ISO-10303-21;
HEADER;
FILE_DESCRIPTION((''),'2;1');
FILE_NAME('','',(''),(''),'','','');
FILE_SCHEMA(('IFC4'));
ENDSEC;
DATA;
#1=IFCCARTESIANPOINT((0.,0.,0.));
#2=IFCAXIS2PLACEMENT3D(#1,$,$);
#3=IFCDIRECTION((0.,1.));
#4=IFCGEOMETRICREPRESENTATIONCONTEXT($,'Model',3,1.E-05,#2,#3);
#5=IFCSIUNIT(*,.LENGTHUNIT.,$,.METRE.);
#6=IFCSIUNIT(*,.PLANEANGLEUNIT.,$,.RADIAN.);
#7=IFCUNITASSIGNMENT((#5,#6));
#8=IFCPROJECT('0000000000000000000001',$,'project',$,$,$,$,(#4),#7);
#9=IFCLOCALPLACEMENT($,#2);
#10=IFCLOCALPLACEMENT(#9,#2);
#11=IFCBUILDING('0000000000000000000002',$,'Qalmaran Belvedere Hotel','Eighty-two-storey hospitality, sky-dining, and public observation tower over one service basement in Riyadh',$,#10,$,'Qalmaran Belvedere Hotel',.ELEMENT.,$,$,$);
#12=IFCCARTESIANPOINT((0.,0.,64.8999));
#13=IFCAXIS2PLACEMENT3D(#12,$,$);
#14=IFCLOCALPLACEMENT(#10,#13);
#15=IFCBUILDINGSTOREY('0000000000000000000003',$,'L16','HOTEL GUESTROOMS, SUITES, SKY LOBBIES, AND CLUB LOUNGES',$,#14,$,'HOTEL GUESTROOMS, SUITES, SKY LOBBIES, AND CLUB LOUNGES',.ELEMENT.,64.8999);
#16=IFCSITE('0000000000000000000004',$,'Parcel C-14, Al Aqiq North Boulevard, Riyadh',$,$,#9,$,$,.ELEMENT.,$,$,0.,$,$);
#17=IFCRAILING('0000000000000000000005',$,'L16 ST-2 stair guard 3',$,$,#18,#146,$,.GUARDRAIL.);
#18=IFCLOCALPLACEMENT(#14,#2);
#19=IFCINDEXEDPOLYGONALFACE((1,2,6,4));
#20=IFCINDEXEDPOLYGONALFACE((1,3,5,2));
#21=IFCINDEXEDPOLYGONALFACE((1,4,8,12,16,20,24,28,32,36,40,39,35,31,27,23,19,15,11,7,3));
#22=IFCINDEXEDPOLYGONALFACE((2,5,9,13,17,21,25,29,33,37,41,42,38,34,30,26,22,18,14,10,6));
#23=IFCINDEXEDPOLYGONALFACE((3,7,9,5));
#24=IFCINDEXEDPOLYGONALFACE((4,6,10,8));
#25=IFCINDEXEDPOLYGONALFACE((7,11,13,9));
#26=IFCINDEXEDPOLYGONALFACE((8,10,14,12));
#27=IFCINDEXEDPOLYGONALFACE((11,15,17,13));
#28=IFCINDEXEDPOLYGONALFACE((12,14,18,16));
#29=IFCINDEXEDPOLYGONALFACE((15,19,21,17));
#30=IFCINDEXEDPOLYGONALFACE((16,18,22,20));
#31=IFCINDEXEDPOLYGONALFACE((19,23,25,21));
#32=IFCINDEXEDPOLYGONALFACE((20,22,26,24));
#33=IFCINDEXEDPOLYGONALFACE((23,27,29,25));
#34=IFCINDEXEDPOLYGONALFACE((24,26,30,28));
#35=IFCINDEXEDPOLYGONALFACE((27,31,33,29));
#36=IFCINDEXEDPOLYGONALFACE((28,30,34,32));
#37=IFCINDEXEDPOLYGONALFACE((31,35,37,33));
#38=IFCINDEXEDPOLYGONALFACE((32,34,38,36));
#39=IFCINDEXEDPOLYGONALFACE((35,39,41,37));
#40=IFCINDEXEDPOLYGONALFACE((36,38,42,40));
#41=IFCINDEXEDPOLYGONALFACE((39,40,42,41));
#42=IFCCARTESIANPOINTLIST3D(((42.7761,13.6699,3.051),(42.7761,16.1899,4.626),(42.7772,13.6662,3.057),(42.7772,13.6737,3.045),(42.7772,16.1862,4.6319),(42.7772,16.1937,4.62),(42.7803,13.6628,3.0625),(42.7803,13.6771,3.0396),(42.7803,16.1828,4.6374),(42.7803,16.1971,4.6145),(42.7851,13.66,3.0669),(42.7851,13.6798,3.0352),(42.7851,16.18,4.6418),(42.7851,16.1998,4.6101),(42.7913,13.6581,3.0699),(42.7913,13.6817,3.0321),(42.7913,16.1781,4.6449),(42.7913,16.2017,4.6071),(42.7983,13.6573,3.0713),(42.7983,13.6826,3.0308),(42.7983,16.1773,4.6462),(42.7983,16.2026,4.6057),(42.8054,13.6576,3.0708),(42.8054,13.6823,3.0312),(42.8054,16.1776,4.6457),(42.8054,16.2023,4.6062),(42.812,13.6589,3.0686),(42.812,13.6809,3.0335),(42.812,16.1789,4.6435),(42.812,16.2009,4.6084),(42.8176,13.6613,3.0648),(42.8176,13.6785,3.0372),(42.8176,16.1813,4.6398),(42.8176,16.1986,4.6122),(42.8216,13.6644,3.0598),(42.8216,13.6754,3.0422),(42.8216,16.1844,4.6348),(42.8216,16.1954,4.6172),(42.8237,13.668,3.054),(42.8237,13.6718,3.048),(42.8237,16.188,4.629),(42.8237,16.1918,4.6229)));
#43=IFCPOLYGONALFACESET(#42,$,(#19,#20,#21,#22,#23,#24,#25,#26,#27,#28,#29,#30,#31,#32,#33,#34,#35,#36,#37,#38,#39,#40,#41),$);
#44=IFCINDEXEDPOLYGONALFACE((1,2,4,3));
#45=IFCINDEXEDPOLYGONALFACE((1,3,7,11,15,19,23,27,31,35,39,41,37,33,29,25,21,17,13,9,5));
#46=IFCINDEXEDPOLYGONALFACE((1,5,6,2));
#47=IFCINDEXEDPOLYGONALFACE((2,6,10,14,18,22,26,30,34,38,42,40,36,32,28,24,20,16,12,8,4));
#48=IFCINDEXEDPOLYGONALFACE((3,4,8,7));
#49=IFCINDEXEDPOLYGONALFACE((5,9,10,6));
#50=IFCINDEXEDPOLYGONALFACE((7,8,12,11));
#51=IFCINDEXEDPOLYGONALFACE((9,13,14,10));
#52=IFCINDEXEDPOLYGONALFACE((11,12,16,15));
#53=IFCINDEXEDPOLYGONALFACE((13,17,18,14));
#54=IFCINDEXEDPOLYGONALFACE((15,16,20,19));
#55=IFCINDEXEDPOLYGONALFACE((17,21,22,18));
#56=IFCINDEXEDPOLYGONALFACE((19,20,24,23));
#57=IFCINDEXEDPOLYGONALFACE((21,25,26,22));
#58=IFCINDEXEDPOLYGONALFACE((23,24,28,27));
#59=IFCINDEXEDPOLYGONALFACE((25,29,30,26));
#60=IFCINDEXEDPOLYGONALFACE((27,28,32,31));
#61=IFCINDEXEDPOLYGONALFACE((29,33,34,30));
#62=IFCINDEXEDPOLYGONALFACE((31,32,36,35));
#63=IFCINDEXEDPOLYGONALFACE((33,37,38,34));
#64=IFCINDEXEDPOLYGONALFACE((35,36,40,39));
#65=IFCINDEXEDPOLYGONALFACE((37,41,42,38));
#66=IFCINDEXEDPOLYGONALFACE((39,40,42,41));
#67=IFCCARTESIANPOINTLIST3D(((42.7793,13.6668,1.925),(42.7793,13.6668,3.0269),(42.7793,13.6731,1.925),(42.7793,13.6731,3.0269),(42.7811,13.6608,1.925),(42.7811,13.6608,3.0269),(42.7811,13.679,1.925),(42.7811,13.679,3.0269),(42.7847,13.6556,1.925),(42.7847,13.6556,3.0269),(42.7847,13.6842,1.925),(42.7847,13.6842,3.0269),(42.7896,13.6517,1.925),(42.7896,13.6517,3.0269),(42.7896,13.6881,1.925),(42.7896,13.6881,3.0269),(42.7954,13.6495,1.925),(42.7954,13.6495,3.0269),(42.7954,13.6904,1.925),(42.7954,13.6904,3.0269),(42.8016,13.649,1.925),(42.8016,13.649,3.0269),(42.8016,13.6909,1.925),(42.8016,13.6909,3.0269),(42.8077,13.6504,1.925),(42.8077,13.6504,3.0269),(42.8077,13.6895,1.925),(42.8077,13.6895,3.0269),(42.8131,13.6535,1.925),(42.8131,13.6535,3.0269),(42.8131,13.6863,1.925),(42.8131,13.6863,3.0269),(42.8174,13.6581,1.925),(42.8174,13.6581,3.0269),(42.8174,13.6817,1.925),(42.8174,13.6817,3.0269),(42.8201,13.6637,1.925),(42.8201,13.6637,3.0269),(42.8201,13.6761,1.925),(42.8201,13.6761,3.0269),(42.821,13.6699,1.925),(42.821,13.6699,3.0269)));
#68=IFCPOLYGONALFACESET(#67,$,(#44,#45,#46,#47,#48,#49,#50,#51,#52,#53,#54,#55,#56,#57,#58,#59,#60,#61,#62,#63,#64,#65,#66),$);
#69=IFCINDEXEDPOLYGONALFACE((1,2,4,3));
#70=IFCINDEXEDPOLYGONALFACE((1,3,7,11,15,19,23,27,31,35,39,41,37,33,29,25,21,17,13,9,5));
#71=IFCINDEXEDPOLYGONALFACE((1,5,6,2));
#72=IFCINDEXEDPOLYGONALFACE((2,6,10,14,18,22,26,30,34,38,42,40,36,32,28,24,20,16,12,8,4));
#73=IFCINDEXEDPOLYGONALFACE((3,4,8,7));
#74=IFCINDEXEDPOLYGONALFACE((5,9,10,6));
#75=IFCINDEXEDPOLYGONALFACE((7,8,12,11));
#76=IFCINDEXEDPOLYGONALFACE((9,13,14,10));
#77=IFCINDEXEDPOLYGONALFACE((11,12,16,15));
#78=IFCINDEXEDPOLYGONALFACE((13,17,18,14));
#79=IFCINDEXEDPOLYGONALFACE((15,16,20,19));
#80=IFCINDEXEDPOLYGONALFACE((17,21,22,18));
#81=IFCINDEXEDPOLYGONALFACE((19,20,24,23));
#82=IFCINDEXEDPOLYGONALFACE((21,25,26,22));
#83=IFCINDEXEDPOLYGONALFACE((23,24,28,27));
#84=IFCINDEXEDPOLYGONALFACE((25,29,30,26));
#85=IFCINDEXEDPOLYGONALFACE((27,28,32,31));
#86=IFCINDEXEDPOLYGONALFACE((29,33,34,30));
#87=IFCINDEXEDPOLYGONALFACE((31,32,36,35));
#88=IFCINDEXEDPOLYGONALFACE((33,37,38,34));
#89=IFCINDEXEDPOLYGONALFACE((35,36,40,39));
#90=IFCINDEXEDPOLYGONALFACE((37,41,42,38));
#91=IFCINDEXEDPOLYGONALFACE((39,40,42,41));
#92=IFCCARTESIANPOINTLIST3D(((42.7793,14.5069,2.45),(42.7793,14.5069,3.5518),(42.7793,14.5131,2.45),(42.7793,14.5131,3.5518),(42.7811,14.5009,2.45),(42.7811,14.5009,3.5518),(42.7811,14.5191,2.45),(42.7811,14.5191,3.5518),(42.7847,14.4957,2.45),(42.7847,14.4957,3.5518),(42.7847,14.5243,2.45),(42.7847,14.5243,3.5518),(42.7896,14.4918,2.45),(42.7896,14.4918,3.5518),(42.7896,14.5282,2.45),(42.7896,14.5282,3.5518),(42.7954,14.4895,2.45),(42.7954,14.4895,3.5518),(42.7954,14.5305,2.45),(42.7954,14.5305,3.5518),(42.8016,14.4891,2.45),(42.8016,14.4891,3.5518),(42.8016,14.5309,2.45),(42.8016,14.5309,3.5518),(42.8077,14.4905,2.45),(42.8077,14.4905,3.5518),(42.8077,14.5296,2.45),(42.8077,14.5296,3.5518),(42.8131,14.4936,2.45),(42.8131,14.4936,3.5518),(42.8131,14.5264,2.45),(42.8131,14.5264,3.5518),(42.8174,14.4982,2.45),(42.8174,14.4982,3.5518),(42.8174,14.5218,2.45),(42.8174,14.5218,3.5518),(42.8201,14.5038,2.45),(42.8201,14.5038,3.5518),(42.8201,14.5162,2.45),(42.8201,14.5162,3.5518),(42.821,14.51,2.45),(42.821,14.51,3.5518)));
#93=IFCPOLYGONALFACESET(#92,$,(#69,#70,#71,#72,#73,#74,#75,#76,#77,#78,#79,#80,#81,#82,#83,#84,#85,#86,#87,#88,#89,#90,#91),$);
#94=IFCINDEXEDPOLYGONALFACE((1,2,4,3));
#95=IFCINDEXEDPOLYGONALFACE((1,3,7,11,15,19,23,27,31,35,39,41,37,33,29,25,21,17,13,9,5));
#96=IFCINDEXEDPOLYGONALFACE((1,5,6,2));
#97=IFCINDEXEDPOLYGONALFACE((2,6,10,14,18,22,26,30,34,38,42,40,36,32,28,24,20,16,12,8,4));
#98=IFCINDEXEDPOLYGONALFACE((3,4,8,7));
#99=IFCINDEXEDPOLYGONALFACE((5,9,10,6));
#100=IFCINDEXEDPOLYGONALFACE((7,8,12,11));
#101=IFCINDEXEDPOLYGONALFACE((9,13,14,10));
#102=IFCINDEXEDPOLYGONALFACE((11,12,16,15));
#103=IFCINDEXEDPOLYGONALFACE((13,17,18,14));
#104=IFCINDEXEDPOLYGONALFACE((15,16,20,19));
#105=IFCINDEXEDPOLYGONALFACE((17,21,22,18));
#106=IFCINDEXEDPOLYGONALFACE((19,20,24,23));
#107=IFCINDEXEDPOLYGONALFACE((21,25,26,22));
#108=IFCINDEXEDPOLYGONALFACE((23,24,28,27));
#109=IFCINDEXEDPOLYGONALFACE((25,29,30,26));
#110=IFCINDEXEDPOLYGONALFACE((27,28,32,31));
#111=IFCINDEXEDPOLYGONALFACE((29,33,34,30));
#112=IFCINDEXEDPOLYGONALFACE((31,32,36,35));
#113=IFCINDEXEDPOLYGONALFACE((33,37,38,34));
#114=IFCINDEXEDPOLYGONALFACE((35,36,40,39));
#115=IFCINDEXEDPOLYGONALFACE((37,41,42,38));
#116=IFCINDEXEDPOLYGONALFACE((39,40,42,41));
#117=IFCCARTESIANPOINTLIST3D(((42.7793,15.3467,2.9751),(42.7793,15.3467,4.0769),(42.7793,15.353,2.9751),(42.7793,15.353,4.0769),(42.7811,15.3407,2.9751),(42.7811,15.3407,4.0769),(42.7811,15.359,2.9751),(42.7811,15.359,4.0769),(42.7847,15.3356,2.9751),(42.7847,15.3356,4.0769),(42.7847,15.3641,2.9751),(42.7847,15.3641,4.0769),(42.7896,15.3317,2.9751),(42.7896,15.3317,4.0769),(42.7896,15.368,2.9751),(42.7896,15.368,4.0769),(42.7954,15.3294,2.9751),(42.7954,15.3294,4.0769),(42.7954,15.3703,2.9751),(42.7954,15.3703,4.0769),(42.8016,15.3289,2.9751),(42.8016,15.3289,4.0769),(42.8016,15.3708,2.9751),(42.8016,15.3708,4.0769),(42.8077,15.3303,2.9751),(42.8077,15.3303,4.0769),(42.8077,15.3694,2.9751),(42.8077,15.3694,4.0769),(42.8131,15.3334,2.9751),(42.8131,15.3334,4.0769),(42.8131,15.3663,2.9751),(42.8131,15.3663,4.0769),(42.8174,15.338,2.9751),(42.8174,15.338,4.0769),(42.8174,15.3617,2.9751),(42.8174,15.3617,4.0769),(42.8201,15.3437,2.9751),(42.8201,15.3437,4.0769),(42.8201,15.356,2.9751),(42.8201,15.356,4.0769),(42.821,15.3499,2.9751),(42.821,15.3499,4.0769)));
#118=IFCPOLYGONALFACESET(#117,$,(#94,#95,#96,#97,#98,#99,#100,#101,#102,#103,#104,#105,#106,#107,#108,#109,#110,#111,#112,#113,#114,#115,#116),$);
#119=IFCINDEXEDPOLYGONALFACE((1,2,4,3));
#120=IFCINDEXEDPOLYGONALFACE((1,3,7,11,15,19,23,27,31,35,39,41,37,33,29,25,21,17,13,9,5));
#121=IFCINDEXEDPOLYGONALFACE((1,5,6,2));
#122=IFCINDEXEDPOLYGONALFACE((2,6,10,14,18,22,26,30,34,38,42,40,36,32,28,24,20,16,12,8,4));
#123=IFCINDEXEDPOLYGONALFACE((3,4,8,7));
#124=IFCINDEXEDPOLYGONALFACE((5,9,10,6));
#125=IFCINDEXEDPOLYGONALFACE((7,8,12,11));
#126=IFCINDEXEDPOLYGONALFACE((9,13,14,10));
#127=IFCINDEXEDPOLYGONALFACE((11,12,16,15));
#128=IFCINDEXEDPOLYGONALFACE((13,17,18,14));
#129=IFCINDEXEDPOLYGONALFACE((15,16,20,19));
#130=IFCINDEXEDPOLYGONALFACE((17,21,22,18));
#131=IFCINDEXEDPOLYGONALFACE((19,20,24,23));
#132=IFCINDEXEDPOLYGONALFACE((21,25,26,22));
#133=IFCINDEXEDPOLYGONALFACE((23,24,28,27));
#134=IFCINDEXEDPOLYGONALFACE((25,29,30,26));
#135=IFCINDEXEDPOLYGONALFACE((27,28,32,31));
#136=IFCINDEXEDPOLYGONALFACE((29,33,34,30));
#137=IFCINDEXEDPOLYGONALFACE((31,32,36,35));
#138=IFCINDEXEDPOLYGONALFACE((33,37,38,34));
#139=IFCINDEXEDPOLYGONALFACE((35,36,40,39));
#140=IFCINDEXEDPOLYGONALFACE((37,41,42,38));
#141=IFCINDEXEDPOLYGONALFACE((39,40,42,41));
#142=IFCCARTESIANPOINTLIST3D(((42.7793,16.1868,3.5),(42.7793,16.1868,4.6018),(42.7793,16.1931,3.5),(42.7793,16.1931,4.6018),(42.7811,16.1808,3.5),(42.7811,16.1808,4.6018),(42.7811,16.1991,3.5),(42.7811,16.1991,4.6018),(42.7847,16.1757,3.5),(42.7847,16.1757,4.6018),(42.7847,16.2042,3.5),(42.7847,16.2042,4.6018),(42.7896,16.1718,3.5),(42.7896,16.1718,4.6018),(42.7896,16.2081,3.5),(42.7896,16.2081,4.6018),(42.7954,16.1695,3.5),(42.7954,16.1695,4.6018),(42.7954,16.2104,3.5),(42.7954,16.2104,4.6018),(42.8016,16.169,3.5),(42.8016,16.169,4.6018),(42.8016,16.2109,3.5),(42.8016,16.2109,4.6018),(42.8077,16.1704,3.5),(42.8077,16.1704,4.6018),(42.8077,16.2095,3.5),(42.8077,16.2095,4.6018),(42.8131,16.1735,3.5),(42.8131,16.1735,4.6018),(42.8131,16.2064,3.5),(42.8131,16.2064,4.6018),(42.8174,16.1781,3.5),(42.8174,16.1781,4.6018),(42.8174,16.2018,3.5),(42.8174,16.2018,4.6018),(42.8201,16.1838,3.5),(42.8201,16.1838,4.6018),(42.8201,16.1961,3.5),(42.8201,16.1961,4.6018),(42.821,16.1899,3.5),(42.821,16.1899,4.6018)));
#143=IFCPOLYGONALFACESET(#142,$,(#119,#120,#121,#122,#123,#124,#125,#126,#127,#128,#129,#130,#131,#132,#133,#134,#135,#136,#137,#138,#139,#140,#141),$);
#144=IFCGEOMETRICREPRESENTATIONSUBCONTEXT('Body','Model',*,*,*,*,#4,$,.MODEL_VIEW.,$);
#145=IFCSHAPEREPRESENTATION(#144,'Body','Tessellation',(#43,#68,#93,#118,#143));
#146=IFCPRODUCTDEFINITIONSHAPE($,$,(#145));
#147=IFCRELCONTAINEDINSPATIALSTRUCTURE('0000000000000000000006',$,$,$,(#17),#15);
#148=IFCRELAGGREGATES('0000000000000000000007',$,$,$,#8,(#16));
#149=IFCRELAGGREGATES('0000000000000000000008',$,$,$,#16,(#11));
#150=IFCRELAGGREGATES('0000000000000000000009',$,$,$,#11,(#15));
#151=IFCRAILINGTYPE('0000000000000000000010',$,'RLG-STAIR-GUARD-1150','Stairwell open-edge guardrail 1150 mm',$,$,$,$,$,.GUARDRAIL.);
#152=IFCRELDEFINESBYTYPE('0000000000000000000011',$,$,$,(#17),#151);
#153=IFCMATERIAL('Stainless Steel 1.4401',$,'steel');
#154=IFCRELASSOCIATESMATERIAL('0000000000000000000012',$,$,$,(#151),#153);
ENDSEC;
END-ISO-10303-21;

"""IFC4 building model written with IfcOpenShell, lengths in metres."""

from ifc_helpers import new_model, si_unit, direction, frame, origin, origin_2d, place, context, subcontext, project, spatial, circle, extrude, material, type_object, element, save


model = new_model("IFC4")

# Units and contexts
model_context = context("Model", 3, precision=1e-05, world=origin(), true_north=direction((0.0, 1.0)))
body_context = subcontext(model_context, "Body", "Model", "MODEL_VIEW")
ifc_project = project(units=[si_unit("LENGTHUNIT", "METRE"), si_unit("PLANEANGLEUNIT", "RADIAN")], contexts=[model_context])

# Site, building, storey
site_placement = place(None, origin())
site = spatial("IfcSite", under=ifc_project, at=site_placement, Name="Parcel C-14, Al Aqiq North Boulevard, Riyadh", CompositionType="ELEMENT", RefElevation=0.0)
building_placement = place(site_placement, origin())
building = spatial("IfcBuilding", under=site, at=building_placement, Name="Qalmaran Belvedere Hotel", Description="Eighty-two-storey hospitality, sky-dining, and public observation tower over one service basement in Riyadh", LongName="Qalmaran Belvedere Hotel", CompositionType="ELEMENT")
storey_placement = place(building_placement, frame((0.0, 0.0, 64.8999)))
storey = spatial("IfcBuildingStorey", under=building, at=storey_placement, Name="L16", Description="HOTEL GUESTROOMS, SUITES, SKY LOBBIES, AND CLUB LOUNGES", LongName="HOTEL GUESTROOMS, SUITES, SKY LOBBIES, AND CLUB LOUNGES", CompositionType="ELEMENT", Elevation=64.8999)

# Shared definitions
ifc_material_1 = material(Name="Stainless Steel 1.4401", Category="steel")

# Railing
railing_type_1 = type_object("IfcRailingType", Name="RLG-STAIR-GUARD-1150", Description="Stairwell open-edge guardrail 1150 mm", PredefinedType="GUARDRAIL", material=ifc_material_1)
railing_1_placement = place(storey_placement, frame((42.8, 13.6699, 1.925)))
element("IfcRailing", 1, at=railing_1_placement, inside=storey, type_object=railing_type_1, Name="L16 ST-2 stair guard 3", PredefinedType="GUARDRAIL", context=body_context, shape_type="SweptSolid", body=[
    extrude(circle(Radius=0.0239, at=origin_2d()), frame((0.0, 0.0, 1.126), z_axis=(0.0, 0.848008, 0.529984), x_axis=(-1.0, 0.0, 0.0)), (0.0, 0.0, 1.0), 2.9717),
    extrude(circle(Radius=0.021, at=origin_2d()), origin(), (0.0, 0.0, 1.0), 1.1018),
    extrude(circle(Radius=0.021, at=origin_2d()), frame((0.0, 0.8401, 0.5249)), (0.0, 0.0, 1.0), 1.1018),
    extrude(circle(Radius=0.021, at=origin_2d()), frame((0.0, 1.6799, 1.05)), (0.0, 0.0, 1.0), 1.1018),
    extrude(circle(Radius=0.021, at=origin_2d()), frame((0.0, 2.52, 1.575)), (0.0, 0.0, 1.0), 1.1018),
])

save(model, "model.ifc")
